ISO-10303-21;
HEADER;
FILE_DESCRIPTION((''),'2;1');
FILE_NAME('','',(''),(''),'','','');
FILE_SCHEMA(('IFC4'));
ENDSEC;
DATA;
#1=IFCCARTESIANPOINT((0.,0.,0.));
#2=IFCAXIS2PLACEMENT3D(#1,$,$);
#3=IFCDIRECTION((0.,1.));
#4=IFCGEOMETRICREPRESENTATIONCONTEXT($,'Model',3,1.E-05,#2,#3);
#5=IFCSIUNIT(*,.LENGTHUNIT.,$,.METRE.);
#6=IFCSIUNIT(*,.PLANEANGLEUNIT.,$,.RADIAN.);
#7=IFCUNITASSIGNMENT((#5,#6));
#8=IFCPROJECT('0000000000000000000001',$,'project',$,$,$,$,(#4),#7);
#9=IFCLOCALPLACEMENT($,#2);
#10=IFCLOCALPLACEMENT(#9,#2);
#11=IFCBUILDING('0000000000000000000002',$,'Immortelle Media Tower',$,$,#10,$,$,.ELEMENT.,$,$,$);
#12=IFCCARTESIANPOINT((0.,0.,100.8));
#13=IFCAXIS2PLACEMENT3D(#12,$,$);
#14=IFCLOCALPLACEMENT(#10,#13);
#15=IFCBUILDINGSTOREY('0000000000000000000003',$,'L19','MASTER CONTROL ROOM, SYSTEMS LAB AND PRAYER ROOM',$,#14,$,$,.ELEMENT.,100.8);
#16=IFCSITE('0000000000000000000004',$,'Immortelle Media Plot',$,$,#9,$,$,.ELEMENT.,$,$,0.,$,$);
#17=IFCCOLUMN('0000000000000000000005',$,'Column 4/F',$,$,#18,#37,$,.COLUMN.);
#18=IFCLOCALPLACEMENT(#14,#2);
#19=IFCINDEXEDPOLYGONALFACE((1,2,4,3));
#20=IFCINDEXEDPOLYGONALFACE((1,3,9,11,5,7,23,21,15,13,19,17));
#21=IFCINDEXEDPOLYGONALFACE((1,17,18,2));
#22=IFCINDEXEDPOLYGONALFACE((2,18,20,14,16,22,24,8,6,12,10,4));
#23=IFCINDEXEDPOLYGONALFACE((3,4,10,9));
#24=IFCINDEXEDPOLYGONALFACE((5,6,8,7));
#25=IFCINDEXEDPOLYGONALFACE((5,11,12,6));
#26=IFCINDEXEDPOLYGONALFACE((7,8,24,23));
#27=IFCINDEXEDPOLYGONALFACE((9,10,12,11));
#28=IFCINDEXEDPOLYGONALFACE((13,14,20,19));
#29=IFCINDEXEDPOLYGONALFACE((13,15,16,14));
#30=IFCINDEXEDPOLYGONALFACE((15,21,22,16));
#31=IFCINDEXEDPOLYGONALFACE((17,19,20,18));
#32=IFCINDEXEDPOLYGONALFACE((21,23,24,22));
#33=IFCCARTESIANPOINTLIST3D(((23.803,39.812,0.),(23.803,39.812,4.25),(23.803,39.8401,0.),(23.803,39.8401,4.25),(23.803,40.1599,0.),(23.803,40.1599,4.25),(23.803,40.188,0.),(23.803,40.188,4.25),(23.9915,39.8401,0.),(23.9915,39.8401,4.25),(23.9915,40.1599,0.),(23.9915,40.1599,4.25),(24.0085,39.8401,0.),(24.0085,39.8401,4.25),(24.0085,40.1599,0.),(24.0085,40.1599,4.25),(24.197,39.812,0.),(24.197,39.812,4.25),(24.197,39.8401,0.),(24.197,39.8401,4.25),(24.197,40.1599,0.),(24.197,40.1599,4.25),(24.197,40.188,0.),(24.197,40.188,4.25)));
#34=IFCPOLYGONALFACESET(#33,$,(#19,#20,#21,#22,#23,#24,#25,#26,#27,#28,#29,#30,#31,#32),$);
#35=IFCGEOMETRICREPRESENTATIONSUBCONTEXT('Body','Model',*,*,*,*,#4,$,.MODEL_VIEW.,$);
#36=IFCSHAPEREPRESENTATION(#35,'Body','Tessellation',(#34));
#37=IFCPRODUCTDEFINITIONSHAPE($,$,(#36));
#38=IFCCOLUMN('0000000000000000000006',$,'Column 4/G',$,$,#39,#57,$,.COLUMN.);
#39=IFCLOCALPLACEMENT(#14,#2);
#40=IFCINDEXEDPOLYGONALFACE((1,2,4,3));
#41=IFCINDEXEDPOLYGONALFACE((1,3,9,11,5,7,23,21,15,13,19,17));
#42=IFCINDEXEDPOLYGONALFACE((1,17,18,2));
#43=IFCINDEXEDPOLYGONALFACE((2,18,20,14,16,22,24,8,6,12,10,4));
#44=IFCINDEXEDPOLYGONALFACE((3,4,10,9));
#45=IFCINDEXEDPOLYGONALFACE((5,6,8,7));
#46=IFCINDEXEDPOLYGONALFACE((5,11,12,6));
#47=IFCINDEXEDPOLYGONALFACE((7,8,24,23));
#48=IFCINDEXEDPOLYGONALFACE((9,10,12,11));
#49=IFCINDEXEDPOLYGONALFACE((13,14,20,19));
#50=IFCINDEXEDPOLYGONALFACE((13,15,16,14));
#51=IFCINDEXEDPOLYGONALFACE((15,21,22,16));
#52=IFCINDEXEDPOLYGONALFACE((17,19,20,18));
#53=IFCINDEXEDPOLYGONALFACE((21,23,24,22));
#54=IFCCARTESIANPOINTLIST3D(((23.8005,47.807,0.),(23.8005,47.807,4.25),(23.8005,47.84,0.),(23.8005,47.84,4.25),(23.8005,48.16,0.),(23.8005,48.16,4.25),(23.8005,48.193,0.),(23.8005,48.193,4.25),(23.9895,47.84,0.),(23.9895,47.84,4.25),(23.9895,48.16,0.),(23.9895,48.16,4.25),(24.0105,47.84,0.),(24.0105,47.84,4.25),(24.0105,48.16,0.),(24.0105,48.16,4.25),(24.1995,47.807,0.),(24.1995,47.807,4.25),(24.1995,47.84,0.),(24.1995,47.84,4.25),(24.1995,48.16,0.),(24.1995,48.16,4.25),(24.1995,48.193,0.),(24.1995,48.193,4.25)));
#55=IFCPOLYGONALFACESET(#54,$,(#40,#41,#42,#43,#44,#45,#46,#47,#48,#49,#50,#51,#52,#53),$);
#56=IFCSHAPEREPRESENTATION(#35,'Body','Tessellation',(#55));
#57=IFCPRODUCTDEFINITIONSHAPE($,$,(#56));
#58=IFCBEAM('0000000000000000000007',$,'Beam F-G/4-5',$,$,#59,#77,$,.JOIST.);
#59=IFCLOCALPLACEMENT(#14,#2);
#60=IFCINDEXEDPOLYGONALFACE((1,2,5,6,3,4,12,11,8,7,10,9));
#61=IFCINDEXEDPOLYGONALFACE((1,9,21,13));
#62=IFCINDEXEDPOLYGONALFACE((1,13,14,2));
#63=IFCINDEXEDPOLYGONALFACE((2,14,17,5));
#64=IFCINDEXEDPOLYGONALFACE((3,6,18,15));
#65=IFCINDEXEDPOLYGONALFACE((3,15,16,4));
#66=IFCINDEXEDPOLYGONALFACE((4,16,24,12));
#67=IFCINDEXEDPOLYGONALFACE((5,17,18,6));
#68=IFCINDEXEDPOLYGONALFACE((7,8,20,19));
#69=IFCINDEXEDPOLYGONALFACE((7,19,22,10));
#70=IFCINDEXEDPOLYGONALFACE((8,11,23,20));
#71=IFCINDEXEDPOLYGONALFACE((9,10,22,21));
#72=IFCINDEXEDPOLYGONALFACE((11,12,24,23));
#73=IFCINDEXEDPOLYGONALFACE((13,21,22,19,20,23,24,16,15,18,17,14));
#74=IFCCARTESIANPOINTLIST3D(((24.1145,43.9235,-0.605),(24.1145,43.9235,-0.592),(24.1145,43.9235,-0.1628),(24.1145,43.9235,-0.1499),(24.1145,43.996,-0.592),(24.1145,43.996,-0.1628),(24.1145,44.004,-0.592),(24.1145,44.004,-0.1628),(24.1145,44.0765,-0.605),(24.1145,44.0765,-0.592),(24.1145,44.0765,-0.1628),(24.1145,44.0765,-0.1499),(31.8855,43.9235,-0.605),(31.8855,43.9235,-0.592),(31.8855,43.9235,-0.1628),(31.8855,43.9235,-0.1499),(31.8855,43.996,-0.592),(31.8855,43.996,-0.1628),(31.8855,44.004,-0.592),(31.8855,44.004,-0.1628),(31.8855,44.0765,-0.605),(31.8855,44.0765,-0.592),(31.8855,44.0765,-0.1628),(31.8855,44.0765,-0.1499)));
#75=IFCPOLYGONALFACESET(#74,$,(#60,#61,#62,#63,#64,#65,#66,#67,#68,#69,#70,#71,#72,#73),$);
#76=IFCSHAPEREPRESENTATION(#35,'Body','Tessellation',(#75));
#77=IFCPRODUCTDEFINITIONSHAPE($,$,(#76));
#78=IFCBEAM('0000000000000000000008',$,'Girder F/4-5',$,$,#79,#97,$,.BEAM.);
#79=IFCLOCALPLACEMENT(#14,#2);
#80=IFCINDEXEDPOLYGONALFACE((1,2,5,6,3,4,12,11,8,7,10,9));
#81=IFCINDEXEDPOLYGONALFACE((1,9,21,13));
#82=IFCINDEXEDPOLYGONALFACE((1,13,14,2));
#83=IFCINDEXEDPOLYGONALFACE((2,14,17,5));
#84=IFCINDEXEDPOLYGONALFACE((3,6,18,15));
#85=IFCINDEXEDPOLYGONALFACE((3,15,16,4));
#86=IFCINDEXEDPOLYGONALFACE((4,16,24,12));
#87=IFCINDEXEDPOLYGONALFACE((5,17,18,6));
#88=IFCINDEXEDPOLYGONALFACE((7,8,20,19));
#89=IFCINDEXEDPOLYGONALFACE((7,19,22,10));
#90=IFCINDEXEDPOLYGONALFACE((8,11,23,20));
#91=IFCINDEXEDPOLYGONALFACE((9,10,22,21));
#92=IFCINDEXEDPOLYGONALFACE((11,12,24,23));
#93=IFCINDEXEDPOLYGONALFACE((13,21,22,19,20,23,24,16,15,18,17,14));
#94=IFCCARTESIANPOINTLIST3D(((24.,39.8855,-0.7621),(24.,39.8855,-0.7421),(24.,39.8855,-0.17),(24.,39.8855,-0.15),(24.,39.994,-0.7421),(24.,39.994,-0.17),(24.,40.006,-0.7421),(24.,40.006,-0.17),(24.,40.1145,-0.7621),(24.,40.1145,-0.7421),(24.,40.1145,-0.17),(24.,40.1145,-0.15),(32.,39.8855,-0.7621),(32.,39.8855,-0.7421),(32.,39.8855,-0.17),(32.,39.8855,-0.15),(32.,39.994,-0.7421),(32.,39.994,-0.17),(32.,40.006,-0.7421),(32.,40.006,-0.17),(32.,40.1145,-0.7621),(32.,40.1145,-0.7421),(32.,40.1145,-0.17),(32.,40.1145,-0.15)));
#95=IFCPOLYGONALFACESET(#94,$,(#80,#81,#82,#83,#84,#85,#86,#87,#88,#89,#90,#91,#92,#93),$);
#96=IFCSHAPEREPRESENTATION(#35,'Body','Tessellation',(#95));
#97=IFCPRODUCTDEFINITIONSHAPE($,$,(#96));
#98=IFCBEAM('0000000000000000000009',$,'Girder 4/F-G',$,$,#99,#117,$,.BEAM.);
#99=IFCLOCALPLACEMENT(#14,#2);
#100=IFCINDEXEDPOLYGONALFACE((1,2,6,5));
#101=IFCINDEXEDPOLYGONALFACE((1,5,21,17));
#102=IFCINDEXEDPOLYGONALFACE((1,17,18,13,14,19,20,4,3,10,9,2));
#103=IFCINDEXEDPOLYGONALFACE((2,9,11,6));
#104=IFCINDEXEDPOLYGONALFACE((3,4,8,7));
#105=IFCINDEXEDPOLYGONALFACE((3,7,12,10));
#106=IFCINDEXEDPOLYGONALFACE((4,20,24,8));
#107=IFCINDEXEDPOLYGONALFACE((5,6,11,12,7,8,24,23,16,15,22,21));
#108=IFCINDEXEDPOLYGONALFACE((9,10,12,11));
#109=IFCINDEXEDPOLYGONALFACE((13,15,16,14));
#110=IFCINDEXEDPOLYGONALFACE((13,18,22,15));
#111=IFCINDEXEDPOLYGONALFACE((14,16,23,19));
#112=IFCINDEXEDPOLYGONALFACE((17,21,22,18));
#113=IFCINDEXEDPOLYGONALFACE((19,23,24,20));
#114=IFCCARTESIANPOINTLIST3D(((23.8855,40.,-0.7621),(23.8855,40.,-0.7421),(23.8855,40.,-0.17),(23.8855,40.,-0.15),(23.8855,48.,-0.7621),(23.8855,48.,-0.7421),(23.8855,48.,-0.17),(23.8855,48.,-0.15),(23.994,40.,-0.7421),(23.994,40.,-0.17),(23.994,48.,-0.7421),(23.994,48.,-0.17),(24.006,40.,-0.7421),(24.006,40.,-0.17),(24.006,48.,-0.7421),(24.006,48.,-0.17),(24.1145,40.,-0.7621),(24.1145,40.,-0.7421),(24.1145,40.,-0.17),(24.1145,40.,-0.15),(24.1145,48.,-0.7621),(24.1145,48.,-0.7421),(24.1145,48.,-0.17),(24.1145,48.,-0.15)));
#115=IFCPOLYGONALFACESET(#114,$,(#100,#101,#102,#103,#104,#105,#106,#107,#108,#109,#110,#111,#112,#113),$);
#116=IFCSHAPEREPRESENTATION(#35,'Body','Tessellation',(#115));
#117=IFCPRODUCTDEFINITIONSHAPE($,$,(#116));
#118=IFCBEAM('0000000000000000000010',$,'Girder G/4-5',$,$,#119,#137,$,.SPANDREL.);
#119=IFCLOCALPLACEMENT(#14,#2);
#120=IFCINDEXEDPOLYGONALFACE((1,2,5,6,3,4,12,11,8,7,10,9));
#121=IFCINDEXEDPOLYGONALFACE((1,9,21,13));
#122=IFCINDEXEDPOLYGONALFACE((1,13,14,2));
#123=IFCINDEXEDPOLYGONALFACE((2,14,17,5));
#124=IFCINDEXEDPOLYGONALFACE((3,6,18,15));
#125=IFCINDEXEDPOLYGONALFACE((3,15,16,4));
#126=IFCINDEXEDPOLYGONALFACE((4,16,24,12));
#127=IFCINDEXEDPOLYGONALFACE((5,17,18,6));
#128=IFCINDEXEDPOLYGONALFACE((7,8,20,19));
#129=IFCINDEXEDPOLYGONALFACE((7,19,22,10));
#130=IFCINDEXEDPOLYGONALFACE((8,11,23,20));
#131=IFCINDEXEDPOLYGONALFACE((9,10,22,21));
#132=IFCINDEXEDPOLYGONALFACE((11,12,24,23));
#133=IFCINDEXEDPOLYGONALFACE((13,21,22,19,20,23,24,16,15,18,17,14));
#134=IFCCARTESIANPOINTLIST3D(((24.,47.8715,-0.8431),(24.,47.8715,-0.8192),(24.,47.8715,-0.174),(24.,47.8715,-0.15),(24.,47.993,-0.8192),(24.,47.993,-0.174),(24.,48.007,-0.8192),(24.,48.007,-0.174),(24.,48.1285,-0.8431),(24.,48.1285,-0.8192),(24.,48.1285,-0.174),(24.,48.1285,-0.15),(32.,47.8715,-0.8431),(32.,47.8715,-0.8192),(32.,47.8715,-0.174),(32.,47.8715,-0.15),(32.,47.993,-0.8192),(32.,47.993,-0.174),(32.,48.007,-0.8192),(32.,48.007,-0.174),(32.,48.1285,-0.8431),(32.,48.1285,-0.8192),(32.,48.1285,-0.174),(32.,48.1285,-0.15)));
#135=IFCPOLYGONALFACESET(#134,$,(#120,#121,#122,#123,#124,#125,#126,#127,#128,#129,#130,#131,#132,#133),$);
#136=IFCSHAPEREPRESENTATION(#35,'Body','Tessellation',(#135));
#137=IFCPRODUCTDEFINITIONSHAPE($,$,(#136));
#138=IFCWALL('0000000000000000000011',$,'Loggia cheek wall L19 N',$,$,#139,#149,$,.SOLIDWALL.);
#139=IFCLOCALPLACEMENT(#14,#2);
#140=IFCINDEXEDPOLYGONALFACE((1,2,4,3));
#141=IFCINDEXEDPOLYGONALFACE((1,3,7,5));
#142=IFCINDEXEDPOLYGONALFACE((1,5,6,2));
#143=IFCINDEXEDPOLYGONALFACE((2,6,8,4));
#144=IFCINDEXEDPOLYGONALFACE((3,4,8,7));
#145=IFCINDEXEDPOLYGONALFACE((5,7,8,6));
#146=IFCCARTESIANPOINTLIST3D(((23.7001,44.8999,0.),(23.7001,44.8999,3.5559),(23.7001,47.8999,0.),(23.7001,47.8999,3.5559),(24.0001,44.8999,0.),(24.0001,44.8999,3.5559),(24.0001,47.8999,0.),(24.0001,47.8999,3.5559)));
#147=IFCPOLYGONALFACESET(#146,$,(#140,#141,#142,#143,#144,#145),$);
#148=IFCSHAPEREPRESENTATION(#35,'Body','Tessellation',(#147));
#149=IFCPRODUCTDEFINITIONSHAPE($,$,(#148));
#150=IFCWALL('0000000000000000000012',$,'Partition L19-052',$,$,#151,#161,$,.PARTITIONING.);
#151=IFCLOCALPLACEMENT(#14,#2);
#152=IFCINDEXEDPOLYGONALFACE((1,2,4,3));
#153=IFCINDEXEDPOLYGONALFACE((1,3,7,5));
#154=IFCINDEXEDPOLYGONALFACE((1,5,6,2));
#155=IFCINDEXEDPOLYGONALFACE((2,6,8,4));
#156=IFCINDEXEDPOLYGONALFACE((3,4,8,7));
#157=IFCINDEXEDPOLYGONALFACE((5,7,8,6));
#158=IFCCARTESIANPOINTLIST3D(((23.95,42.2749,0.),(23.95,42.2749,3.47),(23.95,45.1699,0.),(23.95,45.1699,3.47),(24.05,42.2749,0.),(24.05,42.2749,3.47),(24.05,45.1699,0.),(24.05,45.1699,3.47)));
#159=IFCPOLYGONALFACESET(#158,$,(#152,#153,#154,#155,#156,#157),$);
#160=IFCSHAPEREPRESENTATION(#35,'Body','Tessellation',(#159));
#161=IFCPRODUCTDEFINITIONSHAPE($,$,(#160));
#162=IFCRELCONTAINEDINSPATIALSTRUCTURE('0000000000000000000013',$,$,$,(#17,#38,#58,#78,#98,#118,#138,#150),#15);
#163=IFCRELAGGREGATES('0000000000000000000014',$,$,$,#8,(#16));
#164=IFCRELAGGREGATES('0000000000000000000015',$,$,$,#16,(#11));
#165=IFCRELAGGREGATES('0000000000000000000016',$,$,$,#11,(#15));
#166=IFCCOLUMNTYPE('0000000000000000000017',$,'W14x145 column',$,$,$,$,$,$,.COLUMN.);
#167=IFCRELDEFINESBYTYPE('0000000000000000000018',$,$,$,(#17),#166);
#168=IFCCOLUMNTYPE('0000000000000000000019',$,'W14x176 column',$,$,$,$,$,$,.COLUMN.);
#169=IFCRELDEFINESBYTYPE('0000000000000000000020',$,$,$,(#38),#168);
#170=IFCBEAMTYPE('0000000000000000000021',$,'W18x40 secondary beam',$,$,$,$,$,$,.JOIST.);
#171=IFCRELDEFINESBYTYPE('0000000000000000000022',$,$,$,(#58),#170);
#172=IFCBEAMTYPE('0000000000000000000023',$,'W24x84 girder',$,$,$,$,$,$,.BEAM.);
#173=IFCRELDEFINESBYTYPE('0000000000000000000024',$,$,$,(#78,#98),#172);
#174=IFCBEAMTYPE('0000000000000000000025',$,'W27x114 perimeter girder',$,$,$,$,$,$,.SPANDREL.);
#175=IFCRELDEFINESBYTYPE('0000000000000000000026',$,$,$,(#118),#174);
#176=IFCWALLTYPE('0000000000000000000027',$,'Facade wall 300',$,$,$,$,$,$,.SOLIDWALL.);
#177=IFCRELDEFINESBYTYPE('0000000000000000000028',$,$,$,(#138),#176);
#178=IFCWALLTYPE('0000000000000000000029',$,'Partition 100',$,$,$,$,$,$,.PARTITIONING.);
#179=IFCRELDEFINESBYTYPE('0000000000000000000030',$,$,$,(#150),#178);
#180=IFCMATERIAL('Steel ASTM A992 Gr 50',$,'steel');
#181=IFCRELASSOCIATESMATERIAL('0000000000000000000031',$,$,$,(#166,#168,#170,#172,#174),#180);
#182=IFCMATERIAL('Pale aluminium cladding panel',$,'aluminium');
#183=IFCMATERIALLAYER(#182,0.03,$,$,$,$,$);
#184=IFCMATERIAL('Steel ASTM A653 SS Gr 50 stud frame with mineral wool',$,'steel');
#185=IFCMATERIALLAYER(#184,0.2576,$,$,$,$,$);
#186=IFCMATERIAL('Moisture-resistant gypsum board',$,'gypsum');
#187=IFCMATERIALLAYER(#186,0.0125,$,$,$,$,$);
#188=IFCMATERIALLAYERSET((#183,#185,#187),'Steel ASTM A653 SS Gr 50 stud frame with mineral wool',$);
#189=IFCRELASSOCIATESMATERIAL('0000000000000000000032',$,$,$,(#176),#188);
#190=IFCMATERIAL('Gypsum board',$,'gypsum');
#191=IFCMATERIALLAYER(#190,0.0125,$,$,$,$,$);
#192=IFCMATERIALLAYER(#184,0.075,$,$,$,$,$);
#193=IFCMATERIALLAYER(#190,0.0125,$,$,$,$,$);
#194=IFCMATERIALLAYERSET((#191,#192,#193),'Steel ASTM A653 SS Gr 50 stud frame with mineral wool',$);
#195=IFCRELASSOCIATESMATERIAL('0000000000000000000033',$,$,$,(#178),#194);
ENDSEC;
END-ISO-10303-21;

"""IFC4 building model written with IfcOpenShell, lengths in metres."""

from ifc_helpers import new_model, si_unit, direction, frame, frame_2d, origin, origin_2d, place, context, subcontext, project, spatial, rectangle, i_section, extrude, material, layer, layer_set, material_profile, profile_set, type_object, element, save


model = new_model("IFC4")

# Units and contexts
model_context = context("Model", 3, precision=1e-05, world=origin(), true_north=direction((0.0, 1.0)))
body_context = subcontext(model_context, "Body", "Model", "MODEL_VIEW")
ifc_project = project(units=[si_unit("LENGTHUNIT", "METRE"), si_unit("PLANEANGLEUNIT", "RADIAN")], contexts=[model_context])

# Site, building, storey
site_placement = place(None, origin())
site = spatial("IfcSite", under=ifc_project, at=site_placement, Name="Immortelle Media Plot", CompositionType="ELEMENT", RefElevation=0.0)
building_placement = place(site_placement, origin())
building = spatial("IfcBuilding", under=site, at=building_placement, Name="Immortelle Media Tower", CompositionType="ELEMENT")
storey_placement = place(building_placement, frame((0.0, 0.0, 100.8)))
storey = spatial("IfcBuildingStorey", under=building, at=storey_placement, Name="L19", Description="MASTER CONTROL ROOM, SYSTEMS LAB AND PRAYER ROOM", CompositionType="ELEMENT", Elevation=100.8)

# Columns
ifc_material_1 = material(Name="Steel ASTM A992 Gr 50", Category="steel")
ifc_material_profile_1 = material_profile(ifc_material_1, i_section(OverallWidth=0.394, OverallDepth=0.376, WebThickness=0.0171, FlangeThickness=0.0281, at=origin_2d()), Name="W14x145")
ifc_profile_set_1 = profile_set([ifc_material_profile_1], Name="Steel ASTM A992 Gr 50")
column_type_1 = type_object("IfcColumnType", Name="W14x145 column", PredefinedType="COLUMN", material=ifc_profile_set_1)
column_1_placement = place(storey_placement, frame((24.0, 40.0, 0.0), z_axis=(0.0, 0.0, 1.0), x_axis=(1.0, 0.0, 0.0)))
element("IfcColumn", 1, at=column_1_placement, inside=storey, type_object=column_type_1, Name="Column 4/F", PredefinedType="COLUMN", context=body_context, shape_type="SweptSolid", body=[
    extrude(i_section(OverallWidth=0.394, OverallDepth=0.376, WebThickness=0.0171, FlangeThickness=0.0281, at=origin_2d()), origin(), (0.0, 0.0, 1.0), 4.25),
])
ifc_material_profile_2 = material_profile(ifc_material_1, i_section(OverallWidth=0.3989, OverallDepth=0.386, WebThickness=0.021, FlangeThickness=0.033, at=origin_2d()), Name="W14x176")
ifc_profile_set_2 = profile_set([ifc_material_profile_2], Name="Steel ASTM A992 Gr 50")
column_type_2 = type_object("IfcColumnType", Name="W14x176 column", PredefinedType="COLUMN", material=ifc_profile_set_2)
column_2_placement = place(storey_placement, frame((24.0, 48.0, 0.0), z_axis=(0.0, 0.0, 1.0), x_axis=(1.0, 0.0, 0.0)))
element("IfcColumn", 2, at=column_2_placement, inside=storey, type_object=column_type_2, Name="Column 4/G", PredefinedType="COLUMN", context=body_context, shape_type="SweptSolid", body=[
    extrude(i_section(OverallWidth=0.3989, OverallDepth=0.386, WebThickness=0.021, FlangeThickness=0.033, at=origin_2d()), origin(), (0.0, 0.0, 1.0), 4.25),
])

# Beams
ifc_material_profile_3 = material_profile(ifc_material_1, i_section(OverallWidth=0.1531, OverallDepth=0.4551, WebThickness=0.0081, FlangeThickness=0.0129, at=origin_2d()), Name="W18x40")
ifc_profile_set_3 = profile_set([ifc_material_profile_3], Name="Steel ASTM A992 Gr 50")
beam_type_1 = type_object("IfcBeamType", Name="W18x40 secondary beam", PredefinedType="JOIST", material=ifc_profile_set_3)
beam_1_placement = place(storey_placement, frame((24.1145, 44.0, -0.3774), z_axis=(1.0, 0.0, 0.0), x_axis=(0.0, 1.0, 0.0)))
element("IfcBeam", 3, at=beam_1_placement, inside=storey, type_object=beam_type_1, Name="Beam F-G/4-5", PredefinedType="JOIST", context=body_context, shape_type="SweptSolid", body=[
    extrude(i_section(OverallWidth=0.1531, OverallDepth=0.4551, WebThickness=0.0081, FlangeThickness=0.0129, at=origin_2d()), origin(), (0.0, 0.0, 1.0), 7.771),
])
ifc_material_profile_4 = material_profile(ifc_material_1, i_section(OverallWidth=0.229, OverallDepth=0.6121, WebThickness=0.012, FlangeThickness=0.02, at=origin_2d()), Name="W24x84")
ifc_profile_set_4 = profile_set([ifc_material_profile_4], Name="Steel ASTM A992 Gr 50")
beam_type_2 = type_object("IfcBeamType", Name="W24x84 girder", PredefinedType="BEAM", material=ifc_profile_set_4)
for number, where, z_axis, x_axis, name in (
    (4, (24.0, 40.0, -0.4561), (1.0, 0.0, 0.0), (0.0, 1.0, 0.0), "Girder F/4-5"),
    (5, (24.0, 40.0, -0.4561), (0.0, 1.0, 0.0), (-1.0, 0.0, 0.0), "Girder 4/F-G"),
):
    element("IfcBeam", number, at=place(storey_placement, frame(where, z_axis=z_axis, x_axis=x_axis)), inside=storey, type_object=beam_type_2, Name=name, PredefinedType="BEAM", context=body_context, shape_type="SweptSolid", body=[
        extrude(i_section(OverallWidth=0.229, OverallDepth=0.6121, WebThickness=0.012, FlangeThickness=0.02, at=origin_2d()), origin(), (0.0, 0.0, 1.0), 8.0),
    ])
ifc_material_profile_5 = material_profile(ifc_material_1, i_section(OverallWidth=0.2571, OverallDepth=0.6931, WebThickness=0.0139, FlangeThickness=0.0239, at=origin_2d()), Name="W27x114")
ifc_profile_set_5 = profile_set([ifc_material_profile_5], Name="Steel ASTM A992 Gr 50")
beam_type_3 = type_object("IfcBeamType", Name="W27x114 perimeter girder", PredefinedType="SPANDREL", material=ifc_profile_set_5)
beam_2_placement = place(storey_placement, frame((24.0, 48.0, -0.4966), z_axis=(1.0, 0.0, 0.0), x_axis=(0.0, 1.0, 0.0)))
element("IfcBeam", 6, at=beam_2_placement, inside=storey, type_object=beam_type_3, Name="Girder G/4-5", PredefinedType="SPANDREL", context=body_context, shape_type="SweptSolid", body=[
    extrude(i_section(OverallWidth=0.2571, OverallDepth=0.6931, WebThickness=0.0139, FlangeThickness=0.0239, at=origin_2d()), origin(), (0.0, 0.0, 1.0), 8.0),
])

# Shared definitions
ifc_material_2 = material(Name="Pale aluminium cladding panel", Category="aluminium")
ifc_layer_1 = layer(ifc_material_2, 0.03)
ifc_material_3 = material(Name="Steel ASTM A653 SS Gr 50 stud frame with mineral wool", Category="steel")
ifc_layer_2 = layer(ifc_material_3, 0.2576)
ifc_material_4 = material(Name="Moisture-resistant gypsum board", Category="gypsum")
ifc_layer_3 = layer(ifc_material_4, 0.0125)
ifc_layer_set_1 = layer_set([ifc_layer_1, ifc_layer_2, ifc_layer_3], Name="Steel ASTM A653 SS Gr 50 stud frame with mineral wool")
wall_type_1 = type_object("IfcWallType", Name="Facade wall 300", PredefinedType="SOLIDWALL", material=ifc_layer_set_1)

# Walls
wall_1_placement = place(storey_placement, frame((23.8501, 47.8999, 0.0), z_axis=(0.0, 0.0, 1.0), x_axis=(0.0, -1.0, 0.0)))
element("IfcWall", 7, at=wall_1_placement, inside=storey, type_object=wall_type_1, Name="Loggia cheek wall L19 N", PredefinedType="SOLIDWALL", context=body_context, shape_type="SweptSolid", body=[
    extrude(rectangle(XDim=3.0, YDim=0.3, at=frame_2d((1.5, 0.0))), origin(), (0.0, 0.0, 1.0), 3.5559),
])
ifc_material_5 = material(Name="Gypsum board", Category="gypsum")
ifc_layer_4 = layer(ifc_material_5, 0.0125)
ifc_layer_5 = layer(ifc_material_3, 0.075)
ifc_layer_6 = layer(ifc_material_5, 0.0125)
ifc_layer_set_2 = layer_set([ifc_layer_4, ifc_layer_5, ifc_layer_6], Name="Steel ASTM A653 SS Gr 50 stud frame with mineral wool")
wall_type_2 = type_object("IfcWallType", Name="Partition 100", PredefinedType="PARTITIONING", material=ifc_layer_set_2)
wall_2_placement = place(storey_placement, frame((24.0, 42.2749, 0.0), z_axis=(0.0, 0.0, 1.0), x_axis=(0.0, 1.0, 0.0)))
element("IfcWall", 8, at=wall_2_placement, inside=storey, type_object=wall_type_2, Name="Partition L19-052", PredefinedType="PARTITIONING", context=body_context, shape_type="SweptSolid", body=[
    extrude(rectangle(XDim=2.895, YDim=0.1001, at=frame_2d((1.4475, 0.0))), origin(), (0.0, 0.0, 1.0), 3.47),
])

save(model, "model.ifc")
